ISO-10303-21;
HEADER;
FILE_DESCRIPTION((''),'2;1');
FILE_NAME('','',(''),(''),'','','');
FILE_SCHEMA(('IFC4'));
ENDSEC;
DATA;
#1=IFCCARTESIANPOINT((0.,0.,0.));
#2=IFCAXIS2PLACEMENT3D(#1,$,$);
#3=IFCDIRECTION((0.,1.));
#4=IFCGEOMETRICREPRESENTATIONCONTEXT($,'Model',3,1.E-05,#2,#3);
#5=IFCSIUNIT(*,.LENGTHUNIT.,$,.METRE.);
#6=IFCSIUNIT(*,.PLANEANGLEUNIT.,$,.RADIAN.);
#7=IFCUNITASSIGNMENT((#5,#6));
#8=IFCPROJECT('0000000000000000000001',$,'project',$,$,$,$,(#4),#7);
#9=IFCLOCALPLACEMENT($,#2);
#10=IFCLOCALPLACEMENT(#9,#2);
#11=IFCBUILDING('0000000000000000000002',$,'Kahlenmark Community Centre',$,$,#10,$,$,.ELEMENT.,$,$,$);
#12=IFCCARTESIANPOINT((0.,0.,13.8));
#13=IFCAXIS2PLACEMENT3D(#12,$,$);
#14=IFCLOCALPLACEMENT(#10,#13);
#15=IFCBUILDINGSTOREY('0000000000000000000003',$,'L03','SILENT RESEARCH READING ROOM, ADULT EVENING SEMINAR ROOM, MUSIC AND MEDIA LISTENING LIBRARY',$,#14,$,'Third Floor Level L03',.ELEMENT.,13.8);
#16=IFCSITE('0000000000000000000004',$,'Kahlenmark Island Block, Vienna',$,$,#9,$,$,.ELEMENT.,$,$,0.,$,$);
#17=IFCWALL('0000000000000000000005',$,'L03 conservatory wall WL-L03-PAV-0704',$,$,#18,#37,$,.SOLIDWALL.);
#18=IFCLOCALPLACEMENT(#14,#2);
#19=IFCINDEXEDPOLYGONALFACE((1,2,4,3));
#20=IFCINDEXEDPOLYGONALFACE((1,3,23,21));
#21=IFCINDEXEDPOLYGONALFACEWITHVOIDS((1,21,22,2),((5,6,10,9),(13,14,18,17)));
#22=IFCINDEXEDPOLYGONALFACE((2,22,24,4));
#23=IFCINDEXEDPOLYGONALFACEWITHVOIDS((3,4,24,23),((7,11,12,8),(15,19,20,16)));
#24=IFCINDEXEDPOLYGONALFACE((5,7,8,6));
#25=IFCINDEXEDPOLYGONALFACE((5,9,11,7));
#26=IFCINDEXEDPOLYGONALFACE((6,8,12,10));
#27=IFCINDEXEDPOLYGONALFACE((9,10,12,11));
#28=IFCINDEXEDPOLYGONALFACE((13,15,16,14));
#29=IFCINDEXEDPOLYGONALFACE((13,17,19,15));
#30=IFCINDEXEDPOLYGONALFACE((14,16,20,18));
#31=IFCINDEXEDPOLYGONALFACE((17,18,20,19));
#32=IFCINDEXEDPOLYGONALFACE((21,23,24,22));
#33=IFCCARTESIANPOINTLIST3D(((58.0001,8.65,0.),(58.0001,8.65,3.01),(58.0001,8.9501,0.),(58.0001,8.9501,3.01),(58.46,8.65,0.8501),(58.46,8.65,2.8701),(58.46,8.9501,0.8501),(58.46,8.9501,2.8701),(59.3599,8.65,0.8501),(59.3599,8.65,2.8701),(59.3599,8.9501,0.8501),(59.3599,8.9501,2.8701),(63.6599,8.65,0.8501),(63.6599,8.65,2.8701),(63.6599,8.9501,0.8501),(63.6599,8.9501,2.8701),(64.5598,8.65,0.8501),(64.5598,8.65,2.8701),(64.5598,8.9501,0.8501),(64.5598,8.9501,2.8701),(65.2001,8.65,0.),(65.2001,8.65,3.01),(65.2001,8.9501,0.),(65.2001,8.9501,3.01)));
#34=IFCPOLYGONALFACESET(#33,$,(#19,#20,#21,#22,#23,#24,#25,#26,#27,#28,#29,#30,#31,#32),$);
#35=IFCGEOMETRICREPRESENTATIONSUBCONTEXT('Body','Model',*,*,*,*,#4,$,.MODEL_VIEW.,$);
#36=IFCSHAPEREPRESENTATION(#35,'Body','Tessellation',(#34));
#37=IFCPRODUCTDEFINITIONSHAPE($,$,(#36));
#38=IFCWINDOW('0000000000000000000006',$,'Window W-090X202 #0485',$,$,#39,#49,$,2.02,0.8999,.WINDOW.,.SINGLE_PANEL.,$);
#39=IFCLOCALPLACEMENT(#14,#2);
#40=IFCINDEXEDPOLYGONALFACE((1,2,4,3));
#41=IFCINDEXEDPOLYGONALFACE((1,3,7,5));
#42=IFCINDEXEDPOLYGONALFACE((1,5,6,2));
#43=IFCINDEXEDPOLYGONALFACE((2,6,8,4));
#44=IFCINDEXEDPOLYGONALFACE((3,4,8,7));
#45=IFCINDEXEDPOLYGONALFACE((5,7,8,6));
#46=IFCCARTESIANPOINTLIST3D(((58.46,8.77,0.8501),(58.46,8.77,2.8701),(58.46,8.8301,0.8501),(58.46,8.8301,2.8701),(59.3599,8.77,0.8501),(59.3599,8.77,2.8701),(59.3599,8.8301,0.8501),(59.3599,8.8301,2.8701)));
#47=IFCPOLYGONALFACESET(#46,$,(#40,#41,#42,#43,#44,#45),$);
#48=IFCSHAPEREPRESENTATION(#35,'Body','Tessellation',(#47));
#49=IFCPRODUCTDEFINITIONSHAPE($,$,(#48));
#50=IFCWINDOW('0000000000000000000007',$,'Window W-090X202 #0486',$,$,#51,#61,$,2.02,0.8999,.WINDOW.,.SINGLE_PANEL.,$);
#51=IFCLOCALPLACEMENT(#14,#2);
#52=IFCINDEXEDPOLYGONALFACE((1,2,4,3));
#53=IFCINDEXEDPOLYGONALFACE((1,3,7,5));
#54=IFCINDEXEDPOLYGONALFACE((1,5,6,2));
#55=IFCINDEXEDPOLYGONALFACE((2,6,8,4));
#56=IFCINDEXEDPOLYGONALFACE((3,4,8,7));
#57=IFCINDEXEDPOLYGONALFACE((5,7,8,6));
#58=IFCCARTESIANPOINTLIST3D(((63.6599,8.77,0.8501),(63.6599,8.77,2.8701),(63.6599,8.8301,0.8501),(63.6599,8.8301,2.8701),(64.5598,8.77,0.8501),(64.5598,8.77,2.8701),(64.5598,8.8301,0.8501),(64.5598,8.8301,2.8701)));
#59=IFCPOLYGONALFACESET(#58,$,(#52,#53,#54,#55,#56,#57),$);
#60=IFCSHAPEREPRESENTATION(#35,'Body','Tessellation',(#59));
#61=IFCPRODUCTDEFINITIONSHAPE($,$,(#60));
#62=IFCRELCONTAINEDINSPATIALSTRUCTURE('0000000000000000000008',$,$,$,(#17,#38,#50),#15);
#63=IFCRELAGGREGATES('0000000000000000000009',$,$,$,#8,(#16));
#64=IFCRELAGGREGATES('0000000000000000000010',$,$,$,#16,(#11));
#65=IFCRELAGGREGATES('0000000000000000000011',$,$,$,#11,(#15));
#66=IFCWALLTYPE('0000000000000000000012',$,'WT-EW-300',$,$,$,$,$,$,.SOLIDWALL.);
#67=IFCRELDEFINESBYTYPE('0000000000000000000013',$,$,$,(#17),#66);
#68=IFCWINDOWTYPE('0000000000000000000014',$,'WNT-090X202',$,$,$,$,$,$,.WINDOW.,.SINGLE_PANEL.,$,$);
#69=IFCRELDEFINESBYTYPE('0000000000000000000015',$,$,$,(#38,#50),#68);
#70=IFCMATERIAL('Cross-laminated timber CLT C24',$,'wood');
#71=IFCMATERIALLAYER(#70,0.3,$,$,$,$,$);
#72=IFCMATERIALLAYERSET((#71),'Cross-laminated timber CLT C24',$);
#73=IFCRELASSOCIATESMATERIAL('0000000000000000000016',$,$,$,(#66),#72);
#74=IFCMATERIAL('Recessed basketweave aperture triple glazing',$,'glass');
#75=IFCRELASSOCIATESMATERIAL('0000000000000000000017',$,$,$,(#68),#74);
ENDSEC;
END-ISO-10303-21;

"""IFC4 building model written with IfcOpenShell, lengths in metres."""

from ifc_helpers import new_model, si_unit, direction, frame, frame_2d, origin, place, context, subcontext, project, spatial, rectangle, extrude, material, layer, layer_set, type_object, element, fill, save


model = new_model("IFC4")

# Units and contexts
model_context = context("Model", 3, precision=1e-05, world=origin(), true_north=direction((0.0, 1.0)))
body_context = subcontext(model_context, "Body", "Model", "MODEL_VIEW")
ifc_project = project(units=[si_unit("LENGTHUNIT", "METRE"), si_unit("PLANEANGLEUNIT", "RADIAN")], contexts=[model_context])

# Site, building, storey
site_placement = place(None, origin())
site = spatial("IfcSite", under=ifc_project, at=site_placement, Name="Kahlenmark Island Block, Vienna", CompositionType="ELEMENT", RefElevation=0.0)
building_placement = place(site_placement, origin())
building = spatial("IfcBuilding", under=site, at=building_placement, Name="Kahlenmark Community Centre", CompositionType="ELEMENT")
storey_placement = place(building_placement, frame((0.0, 0.0, 13.8)))
storey = spatial("IfcBuildingStorey", under=building, at=storey_placement, Name="L03", Description="SILENT RESEARCH READING ROOM, ADULT EVENING SEMINAR ROOM, MUSIC AND MEDIA LISTENING LIBRARY", LongName="Third Floor Level L03", CompositionType="ELEMENT", Elevation=13.8)

# Wall, openings, windows
ifc_material_1 = material(Name="Cross-laminated timber CLT C24", Category="wood")
ifc_layer_1 = layer(ifc_material_1, 0.3)
ifc_layer_set_1 = layer_set([ifc_layer_1], Name="Cross-laminated timber CLT C24")
wall_type = type_object("IfcWallType", Name="WT-EW-300", PredefinedType="SOLIDWALL", material=ifc_layer_set_1)
wall_placement = place(storey_placement, frame((58.0, 8.8, 0.0), z_axis=(0.0, 0.0, 1.0), x_axis=(1.0, 0.0, 0.0)))
wall = element("IfcWall", 1, at=wall_placement, inside=storey, type_object=wall_type, Name="L03 conservatory wall WL-L03-PAV-0704", PredefinedType="SOLIDWALL", context=body_context, shape_type="SweptSolid", body=[
    extrude(rectangle(XDim=7.2, YDim=0.3, at=frame_2d((3.6001, 0.0))), origin(), (0.0, 0.0, 1.0), 3.01),
])
opening_1_placement = place(wall_placement, frame((0.46, 0.0, 0.8501)))
opening_1 = element("IfcOpeningElement", 2, at=opening_1_placement, cuts=wall, PredefinedType="OPENING", context=body_context, shape_type="SweptSolid", body=[
    extrude(rectangle(XDim=0.8999, YDim=2.02, at=frame_2d((0.45, 1.01))), frame((0.0, 0.1599, 0.0), z_axis=(0.0, -1.0, 0.0), x_axis=(1.0, 0.0, 0.0)), (0.0, 0.0, 1.0), 0.3201),
])
opening_2_placement = place(wall_placement, frame((5.6599, 0.0, 0.8501)))
opening_2 = element("IfcOpeningElement", 3, at=opening_2_placement, cuts=wall, PredefinedType="OPENING", context=body_context, shape_type="SweptSolid", body=[
    extrude(rectangle(XDim=0.8999, YDim=2.02, at=frame_2d((0.45, 1.01))), frame((0.0, 0.1599, 0.0), z_axis=(0.0, -1.0, 0.0), x_axis=(1.0, 0.0, 0.0)), (0.0, 0.0, 1.0), 0.3201),
])
ifc_material_2 = material(Name="Recessed basketweave aperture triple glazing", Category="glass")
window_type = type_object("IfcWindowType", Name="WNT-090X202", PartitioningType="SINGLE_PANEL", PredefinedType="WINDOW", material=ifc_material_2)
window_1_placement = place(opening_1_placement, origin())
window_1 = element("IfcWindow", 4, at=window_1_placement, inside=storey, type_object=window_type, Name="Window W-090X202 #0485", OverallHeight=2.02, OverallWidth=0.8999, PartitioningType="SINGLE_PANEL", PredefinedType="WINDOW", context=body_context, shape_type="SweptSolid", body=[
    extrude(rectangle(XDim=0.8999, YDim=2.02, at=frame_2d((0.45, 1.01))), frame((0.0, 0.03, 0.0), z_axis=(0.0, -1.0, 0.0), x_axis=(1.0, 0.0, 0.0)), (0.0, 0.0, 1.0), 0.0601),
])
fill(opening_1, window_1)
window_2_placement = place(opening_2_placement, origin())
window_2 = element("IfcWindow", 5, at=window_2_placement, inside=storey, type_object=window_type, Name="Window W-090X202 #0486", OverallHeight=2.02, OverallWidth=0.8999, PartitioningType="SINGLE_PANEL", PredefinedType="WINDOW", context=body_context, shape_type="SweptSolid", body=[
    extrude(rectangle(XDim=0.8999, YDim=2.02, at=frame_2d((0.45, 1.01))), frame((0.0, 0.03, 0.0), z_axis=(0.0, -1.0, 0.0), x_axis=(1.0, 0.0, 0.0)), (0.0, 0.0, 1.0), 0.0601),
])
fill(opening_2, window_2)

save(model, "model.ifc")
